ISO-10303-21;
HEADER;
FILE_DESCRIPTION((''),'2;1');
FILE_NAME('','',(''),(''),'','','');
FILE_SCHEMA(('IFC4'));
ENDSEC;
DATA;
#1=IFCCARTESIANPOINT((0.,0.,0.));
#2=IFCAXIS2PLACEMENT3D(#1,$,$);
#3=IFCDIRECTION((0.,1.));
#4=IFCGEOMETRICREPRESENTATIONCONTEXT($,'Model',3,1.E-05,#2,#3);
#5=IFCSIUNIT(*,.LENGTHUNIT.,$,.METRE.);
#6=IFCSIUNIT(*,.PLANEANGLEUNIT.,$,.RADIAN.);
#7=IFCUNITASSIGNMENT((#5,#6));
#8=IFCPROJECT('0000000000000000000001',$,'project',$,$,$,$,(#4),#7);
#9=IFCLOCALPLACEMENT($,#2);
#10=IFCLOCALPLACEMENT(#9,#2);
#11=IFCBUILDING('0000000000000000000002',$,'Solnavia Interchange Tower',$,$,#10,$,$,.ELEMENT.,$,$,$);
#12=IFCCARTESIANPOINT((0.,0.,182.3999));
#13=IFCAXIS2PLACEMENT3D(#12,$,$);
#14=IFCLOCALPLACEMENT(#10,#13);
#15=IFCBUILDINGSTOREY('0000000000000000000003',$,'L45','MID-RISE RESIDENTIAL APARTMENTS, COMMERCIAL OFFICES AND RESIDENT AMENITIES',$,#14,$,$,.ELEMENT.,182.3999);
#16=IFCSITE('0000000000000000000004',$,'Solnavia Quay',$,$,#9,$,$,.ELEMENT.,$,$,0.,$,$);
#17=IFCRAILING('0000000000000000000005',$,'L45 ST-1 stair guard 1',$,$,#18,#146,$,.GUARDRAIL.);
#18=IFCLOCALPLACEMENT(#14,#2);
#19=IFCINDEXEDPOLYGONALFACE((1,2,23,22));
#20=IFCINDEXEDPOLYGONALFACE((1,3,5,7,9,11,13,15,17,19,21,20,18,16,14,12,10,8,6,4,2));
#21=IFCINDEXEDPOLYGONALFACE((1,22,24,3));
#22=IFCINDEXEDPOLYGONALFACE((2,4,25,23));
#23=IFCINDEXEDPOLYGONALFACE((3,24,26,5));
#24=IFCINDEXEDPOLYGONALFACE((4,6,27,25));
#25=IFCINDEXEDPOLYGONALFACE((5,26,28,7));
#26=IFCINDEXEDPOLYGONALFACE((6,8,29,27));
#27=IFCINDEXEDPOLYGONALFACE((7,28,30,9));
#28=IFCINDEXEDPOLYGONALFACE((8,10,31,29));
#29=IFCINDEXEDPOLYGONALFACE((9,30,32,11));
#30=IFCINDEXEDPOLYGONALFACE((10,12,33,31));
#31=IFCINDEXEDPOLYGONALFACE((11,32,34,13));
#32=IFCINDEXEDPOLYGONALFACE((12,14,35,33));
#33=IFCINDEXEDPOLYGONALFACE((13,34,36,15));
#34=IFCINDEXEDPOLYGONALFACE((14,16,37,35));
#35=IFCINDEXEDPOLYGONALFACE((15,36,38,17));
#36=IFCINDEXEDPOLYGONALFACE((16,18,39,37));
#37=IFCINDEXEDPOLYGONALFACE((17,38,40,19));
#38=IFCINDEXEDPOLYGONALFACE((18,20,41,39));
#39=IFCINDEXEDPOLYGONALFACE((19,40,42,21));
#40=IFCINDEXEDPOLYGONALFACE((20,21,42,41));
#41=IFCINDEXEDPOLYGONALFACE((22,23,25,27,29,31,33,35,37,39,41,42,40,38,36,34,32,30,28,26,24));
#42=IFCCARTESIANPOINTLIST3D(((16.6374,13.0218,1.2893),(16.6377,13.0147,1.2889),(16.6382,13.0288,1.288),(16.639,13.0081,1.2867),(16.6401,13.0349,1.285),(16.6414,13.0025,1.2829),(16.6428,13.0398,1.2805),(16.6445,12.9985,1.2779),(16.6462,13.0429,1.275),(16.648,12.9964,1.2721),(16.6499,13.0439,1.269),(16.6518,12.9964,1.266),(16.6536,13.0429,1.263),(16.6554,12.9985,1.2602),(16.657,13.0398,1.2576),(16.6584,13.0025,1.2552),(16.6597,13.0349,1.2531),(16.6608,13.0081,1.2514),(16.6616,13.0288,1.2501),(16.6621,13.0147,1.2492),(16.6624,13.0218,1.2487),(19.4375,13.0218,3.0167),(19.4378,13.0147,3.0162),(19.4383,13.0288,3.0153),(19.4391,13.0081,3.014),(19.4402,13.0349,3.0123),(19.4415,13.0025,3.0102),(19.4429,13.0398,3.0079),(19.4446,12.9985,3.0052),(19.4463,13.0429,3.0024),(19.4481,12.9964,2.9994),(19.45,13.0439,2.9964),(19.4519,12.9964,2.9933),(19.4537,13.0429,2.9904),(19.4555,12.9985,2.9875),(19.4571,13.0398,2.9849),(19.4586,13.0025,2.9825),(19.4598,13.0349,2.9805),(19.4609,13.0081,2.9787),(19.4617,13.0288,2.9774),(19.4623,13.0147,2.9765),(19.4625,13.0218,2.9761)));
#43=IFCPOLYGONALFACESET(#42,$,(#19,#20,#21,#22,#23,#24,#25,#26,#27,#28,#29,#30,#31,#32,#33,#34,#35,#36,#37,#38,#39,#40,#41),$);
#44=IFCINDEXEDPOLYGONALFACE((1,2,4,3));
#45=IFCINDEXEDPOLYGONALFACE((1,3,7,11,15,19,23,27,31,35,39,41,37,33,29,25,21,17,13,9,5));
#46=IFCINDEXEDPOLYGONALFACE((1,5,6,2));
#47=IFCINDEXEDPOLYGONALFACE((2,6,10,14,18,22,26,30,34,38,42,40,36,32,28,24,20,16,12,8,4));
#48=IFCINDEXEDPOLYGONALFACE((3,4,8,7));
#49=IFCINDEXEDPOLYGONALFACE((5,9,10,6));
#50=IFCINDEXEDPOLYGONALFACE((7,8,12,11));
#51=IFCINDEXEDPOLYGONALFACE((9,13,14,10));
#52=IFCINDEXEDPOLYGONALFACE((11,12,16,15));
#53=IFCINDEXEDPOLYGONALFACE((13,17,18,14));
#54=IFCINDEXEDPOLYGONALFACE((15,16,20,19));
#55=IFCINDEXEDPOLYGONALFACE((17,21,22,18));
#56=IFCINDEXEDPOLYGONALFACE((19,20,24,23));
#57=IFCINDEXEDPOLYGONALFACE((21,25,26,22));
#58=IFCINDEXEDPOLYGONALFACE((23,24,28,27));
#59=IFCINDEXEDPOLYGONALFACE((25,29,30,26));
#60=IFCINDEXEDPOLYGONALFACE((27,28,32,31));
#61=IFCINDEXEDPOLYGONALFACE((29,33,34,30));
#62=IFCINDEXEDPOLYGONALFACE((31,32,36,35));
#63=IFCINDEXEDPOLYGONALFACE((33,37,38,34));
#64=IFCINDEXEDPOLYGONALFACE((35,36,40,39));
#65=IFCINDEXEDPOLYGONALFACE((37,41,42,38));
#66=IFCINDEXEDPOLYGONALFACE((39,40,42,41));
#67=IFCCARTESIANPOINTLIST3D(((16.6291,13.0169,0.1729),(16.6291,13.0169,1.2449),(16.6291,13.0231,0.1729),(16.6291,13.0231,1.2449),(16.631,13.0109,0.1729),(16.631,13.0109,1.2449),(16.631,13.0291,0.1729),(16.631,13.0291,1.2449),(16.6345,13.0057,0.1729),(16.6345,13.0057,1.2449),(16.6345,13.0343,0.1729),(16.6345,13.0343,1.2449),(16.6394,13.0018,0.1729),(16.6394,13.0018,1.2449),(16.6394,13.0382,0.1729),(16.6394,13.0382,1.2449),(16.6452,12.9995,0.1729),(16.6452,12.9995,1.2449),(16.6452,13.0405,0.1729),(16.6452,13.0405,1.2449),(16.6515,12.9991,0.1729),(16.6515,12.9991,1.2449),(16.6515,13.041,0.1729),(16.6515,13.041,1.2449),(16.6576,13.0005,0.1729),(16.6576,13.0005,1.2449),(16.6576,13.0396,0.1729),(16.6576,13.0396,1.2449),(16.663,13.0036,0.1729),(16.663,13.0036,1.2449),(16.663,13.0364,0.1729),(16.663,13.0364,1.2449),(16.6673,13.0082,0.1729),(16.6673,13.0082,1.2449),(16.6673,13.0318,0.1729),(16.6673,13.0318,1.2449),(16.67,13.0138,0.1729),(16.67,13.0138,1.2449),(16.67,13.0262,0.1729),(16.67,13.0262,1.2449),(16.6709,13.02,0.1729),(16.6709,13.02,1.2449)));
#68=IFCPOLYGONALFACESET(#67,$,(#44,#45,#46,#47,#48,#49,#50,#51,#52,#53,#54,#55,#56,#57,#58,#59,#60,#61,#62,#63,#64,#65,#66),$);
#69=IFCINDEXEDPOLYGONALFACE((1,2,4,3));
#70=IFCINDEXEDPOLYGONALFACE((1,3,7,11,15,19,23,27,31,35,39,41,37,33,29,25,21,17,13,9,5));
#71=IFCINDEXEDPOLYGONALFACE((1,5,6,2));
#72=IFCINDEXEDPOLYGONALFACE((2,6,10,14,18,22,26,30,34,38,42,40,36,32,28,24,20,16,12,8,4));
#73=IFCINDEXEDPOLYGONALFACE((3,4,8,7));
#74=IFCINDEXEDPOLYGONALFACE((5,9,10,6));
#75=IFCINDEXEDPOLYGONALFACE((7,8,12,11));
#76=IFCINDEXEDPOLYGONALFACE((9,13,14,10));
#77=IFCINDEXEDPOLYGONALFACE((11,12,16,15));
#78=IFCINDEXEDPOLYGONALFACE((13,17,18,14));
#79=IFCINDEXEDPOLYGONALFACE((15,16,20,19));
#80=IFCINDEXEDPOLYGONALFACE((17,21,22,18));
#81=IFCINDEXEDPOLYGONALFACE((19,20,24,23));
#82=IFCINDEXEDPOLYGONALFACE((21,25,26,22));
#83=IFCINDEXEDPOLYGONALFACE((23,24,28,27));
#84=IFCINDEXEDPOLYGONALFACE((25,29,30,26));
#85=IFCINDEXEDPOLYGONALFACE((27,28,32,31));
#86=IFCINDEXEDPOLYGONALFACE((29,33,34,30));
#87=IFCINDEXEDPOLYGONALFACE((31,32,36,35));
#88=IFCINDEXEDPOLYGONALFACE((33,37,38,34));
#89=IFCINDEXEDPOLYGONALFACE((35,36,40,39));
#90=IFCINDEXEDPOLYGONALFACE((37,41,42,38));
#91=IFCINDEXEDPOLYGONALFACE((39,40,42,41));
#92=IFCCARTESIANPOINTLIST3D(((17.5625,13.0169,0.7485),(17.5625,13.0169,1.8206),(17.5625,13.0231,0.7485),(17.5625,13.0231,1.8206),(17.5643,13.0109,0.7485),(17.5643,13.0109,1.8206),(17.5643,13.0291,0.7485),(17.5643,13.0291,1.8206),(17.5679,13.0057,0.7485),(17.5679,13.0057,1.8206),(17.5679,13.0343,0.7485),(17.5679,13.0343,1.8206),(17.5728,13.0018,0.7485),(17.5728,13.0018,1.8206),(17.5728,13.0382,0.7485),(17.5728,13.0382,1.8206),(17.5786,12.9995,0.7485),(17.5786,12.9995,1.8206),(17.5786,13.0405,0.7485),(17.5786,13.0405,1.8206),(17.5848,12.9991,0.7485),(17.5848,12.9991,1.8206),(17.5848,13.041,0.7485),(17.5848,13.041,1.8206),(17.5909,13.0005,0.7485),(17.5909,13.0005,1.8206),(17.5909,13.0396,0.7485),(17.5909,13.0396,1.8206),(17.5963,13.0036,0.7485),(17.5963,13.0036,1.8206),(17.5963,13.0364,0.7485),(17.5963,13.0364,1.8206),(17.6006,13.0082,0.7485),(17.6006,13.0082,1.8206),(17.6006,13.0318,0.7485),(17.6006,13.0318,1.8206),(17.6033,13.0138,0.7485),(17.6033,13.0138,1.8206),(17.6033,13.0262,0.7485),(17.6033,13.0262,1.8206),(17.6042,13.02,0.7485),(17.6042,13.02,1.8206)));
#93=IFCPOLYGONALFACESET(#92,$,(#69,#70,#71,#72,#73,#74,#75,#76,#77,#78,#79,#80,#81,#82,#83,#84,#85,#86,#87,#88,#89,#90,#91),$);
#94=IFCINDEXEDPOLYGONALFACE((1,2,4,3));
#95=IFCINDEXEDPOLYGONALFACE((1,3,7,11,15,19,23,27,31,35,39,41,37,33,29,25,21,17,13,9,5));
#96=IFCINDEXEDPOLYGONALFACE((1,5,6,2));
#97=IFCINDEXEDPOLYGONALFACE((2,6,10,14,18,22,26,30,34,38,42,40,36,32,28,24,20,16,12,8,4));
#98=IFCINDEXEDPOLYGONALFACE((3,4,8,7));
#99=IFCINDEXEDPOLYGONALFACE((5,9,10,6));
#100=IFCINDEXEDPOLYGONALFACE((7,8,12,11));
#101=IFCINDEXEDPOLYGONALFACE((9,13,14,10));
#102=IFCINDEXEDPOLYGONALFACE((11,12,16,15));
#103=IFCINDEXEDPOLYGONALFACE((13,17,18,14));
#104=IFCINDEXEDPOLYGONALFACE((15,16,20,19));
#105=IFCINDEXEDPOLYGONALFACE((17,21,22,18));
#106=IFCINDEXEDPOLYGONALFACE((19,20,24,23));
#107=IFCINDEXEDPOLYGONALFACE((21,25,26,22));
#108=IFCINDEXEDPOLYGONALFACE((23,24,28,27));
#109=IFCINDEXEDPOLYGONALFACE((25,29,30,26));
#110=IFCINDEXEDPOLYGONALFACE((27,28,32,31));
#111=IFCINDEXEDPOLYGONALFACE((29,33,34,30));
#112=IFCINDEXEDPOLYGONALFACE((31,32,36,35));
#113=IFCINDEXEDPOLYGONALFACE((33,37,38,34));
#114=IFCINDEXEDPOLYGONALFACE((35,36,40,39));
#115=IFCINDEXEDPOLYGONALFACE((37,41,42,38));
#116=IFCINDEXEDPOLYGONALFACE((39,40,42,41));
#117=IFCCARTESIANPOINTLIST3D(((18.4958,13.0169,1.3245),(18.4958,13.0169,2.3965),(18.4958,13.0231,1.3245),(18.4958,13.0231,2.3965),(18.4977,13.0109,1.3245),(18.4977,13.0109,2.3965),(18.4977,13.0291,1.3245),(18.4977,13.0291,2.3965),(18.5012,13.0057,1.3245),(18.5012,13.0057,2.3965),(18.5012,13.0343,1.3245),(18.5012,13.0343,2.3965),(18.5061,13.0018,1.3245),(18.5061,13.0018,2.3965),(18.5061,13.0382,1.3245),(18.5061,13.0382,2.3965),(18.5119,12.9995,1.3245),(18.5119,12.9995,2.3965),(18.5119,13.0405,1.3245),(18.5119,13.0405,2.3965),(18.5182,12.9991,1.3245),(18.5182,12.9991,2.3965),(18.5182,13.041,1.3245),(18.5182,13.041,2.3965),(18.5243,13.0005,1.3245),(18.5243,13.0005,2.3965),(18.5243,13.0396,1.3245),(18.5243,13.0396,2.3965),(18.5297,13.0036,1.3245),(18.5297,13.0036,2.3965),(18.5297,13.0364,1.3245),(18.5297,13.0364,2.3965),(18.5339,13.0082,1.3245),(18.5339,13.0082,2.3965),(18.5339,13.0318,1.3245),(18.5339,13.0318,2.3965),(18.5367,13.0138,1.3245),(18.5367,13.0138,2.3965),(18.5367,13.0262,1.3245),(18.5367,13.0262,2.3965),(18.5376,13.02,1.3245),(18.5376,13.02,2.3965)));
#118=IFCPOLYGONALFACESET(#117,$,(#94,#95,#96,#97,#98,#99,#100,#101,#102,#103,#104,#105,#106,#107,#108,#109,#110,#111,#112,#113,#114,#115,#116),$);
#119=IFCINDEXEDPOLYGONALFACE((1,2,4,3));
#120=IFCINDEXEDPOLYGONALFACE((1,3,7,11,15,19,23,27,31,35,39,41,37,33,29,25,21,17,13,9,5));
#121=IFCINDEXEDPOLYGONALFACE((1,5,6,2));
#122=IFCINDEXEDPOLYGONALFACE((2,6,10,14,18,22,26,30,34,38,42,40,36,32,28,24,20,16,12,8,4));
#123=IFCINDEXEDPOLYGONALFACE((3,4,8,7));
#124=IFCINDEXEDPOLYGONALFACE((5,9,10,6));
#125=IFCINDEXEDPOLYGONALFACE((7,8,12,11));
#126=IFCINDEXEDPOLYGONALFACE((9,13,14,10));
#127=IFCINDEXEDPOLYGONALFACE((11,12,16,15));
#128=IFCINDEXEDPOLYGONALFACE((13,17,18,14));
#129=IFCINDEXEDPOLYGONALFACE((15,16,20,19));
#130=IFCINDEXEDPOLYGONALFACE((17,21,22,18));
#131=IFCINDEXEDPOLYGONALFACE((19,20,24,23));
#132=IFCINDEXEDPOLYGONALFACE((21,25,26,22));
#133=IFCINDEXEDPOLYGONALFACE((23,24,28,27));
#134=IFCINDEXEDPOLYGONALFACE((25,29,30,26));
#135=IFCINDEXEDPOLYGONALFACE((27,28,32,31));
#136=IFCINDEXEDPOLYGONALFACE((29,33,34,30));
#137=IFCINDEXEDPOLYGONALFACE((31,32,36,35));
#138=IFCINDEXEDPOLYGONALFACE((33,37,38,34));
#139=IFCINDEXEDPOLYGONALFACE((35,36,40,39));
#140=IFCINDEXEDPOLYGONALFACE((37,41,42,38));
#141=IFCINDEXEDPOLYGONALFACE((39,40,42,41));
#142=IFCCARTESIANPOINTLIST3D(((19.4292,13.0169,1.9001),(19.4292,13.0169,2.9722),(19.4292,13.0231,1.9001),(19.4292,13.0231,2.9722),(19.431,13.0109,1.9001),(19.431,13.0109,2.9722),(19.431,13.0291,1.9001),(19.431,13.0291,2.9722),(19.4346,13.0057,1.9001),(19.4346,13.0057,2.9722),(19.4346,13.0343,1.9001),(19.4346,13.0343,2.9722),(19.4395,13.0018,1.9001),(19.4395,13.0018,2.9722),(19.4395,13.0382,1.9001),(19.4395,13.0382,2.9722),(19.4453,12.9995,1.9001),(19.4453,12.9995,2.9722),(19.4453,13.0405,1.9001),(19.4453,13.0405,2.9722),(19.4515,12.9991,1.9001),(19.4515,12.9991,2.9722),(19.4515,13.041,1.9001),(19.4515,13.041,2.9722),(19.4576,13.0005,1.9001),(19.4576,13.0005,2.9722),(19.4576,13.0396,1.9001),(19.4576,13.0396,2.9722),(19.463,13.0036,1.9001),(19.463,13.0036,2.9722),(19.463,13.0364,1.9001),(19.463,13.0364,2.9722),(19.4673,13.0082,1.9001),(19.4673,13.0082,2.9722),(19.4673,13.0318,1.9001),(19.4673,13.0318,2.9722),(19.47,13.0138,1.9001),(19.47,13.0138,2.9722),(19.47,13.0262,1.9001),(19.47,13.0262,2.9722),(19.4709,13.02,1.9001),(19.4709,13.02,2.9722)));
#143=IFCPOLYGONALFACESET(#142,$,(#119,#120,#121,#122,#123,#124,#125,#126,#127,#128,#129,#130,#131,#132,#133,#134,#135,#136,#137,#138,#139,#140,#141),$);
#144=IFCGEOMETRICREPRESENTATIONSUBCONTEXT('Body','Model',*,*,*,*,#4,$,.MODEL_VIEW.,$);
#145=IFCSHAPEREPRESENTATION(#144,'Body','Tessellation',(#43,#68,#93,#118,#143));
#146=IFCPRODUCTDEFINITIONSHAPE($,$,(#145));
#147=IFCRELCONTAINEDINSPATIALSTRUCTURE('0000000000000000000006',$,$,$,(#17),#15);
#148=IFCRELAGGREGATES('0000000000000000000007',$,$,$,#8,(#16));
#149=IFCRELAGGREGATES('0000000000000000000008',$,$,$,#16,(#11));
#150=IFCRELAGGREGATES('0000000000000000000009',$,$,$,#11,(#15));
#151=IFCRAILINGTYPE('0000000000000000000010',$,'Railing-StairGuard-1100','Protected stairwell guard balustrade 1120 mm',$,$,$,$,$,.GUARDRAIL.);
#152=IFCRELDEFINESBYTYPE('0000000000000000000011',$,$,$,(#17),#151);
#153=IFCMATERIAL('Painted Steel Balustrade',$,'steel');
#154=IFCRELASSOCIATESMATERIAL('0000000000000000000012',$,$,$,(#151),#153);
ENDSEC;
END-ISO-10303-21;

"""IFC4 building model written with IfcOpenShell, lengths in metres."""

from ifc_helpers import new_model, si_unit, direction, frame, origin, origin_2d, place, context, subcontext, project, spatial, circle, extrude, material, type_object, element, save


model = new_model("IFC4")

# Units and contexts
model_context = context("Model", 3, precision=1e-05, world=origin(), true_north=direction((0.0, 1.0)))
body_context = subcontext(model_context, "Body", "Model", "MODEL_VIEW")
ifc_project = project(units=[si_unit("LENGTHUNIT", "METRE"), si_unit("PLANEANGLEUNIT", "RADIAN")], contexts=[model_context])

# Site, building, storey
site_placement = place(None, origin())
site = spatial("IfcSite", under=ifc_project, at=site_placement, Name="Solnavia Quay", CompositionType="ELEMENT", RefElevation=0.0)
building_placement = place(site_placement, origin())
building = spatial("IfcBuilding", under=site, at=building_placement, Name="Solnavia Interchange Tower", CompositionType="ELEMENT")
storey_placement = place(building_placement, frame((0.0, 0.0, 182.3999)))
storey = spatial("IfcBuildingStorey", under=building, at=storey_placement, Name="L45", Description="MID-RISE RESIDENTIAL APARTMENTS, COMMERCIAL OFFICES AND RESIDENT AMENITIES", CompositionType="ELEMENT", Elevation=182.3999)

# Railing
ifc_material_1 = material(Name="Painted Steel Balustrade", Category="steel")
railing_type_1 = type_object("IfcRailingType", Name="Railing-StairGuard-1100", Description="Protected stairwell guard balustrade 1120 mm", PredefinedType="GUARDRAIL", material=ifc_material_1)
railing_1_placement = place(storey_placement, frame((16.6499, 13.02, 0.1729)))
element("IfcRailing", 1, at=railing_1_placement, inside=storey, type_object=railing_type_1, Name="L45 ST-1 stair guard 1", PredefinedType="GUARDRAIL", context=body_context, shape_type="SweptSolid", body=[
    extrude(circle(Radius=0.0239, at=origin_2d()), frame((0.0, 0.0, 1.0962), z_axis=(0.85109, 0.0, 0.52502), x_axis=(0.0, 1.0, 0.0)), (0.0, 0.0, 1.0), 3.29),
    extrude(circle(Radius=0.021, at=origin_2d()), origin(), (0.0, 0.0, 1.0), 1.072),
    extrude(circle(Radius=0.021, at=origin_2d()), frame((0.9333, 0.0, 0.5757)), (0.0, 0.0, 1.0), 1.072),
    extrude(circle(Radius=0.021, at=origin_2d()), frame((1.8667, 0.0, 1.1516)), (0.0, 0.0, 1.0), 1.072),
    extrude(circle(Radius=0.021, at=origin_2d()), frame((2.8, 0.0, 1.7273)), (0.0, 0.0, 1.0), 1.072),
])

save(model, "model.ifc")
